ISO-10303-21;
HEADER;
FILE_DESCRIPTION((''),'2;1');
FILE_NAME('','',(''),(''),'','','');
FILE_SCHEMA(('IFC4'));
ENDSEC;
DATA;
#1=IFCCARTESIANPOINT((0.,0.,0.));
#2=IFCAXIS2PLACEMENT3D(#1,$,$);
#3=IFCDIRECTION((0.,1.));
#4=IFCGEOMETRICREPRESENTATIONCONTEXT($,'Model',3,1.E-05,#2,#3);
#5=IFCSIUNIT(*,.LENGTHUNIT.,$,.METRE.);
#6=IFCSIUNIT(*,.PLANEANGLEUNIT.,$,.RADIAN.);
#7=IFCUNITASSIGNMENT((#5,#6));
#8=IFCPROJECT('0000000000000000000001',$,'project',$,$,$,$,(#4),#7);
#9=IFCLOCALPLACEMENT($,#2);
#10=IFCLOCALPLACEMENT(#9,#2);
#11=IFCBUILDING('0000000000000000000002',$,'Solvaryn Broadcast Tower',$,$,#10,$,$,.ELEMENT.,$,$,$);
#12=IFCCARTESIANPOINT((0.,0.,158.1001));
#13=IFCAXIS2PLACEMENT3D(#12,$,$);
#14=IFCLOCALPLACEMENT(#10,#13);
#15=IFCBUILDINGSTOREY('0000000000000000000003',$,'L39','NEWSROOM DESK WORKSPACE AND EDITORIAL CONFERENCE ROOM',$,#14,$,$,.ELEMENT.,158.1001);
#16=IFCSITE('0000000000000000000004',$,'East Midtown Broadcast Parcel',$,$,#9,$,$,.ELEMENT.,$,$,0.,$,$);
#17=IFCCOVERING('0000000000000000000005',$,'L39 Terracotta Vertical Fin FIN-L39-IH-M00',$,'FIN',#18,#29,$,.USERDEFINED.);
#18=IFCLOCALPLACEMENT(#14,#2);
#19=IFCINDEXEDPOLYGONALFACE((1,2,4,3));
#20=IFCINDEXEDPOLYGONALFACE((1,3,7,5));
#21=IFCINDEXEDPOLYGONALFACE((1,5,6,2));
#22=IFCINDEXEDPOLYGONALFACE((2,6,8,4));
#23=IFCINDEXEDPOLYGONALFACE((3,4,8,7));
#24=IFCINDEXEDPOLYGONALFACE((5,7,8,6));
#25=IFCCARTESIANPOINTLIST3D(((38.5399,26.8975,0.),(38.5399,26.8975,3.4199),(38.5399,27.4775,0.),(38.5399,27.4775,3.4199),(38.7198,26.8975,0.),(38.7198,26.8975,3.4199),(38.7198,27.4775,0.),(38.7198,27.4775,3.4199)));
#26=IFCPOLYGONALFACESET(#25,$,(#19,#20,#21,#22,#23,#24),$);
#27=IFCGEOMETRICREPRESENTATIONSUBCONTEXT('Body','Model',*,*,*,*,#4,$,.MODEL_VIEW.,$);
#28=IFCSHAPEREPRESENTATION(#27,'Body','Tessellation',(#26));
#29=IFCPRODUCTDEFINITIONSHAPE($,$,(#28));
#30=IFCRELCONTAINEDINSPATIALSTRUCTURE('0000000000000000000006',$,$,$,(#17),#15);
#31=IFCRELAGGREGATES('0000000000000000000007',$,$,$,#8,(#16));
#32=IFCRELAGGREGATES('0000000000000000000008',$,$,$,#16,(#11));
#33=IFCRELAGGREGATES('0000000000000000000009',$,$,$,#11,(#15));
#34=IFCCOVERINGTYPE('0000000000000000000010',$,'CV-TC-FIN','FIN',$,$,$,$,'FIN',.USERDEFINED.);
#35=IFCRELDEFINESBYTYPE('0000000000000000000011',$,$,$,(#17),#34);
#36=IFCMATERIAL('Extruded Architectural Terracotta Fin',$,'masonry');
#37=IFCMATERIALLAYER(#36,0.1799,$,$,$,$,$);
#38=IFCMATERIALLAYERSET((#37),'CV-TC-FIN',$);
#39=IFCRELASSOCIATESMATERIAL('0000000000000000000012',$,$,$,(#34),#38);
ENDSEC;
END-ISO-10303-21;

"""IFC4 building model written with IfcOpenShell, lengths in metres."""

from ifc_helpers import new_model, si_unit, direction, frame, origin, origin_2d, place, context, subcontext, project, spatial, rectangle, extrude, material, layer, layer_set, type_object, element, save


model = new_model("IFC4")

# Units and contexts
model_context = context("Model", 3, precision=1e-05, world=origin(), true_north=direction((0.0, 1.0)))
body_context = subcontext(model_context, "Body", "Model", "MODEL_VIEW")
ifc_project = project(units=[si_unit("LENGTHUNIT", "METRE"), si_unit("PLANEANGLEUNIT", "RADIAN")], contexts=[model_context])

# Site, building, storey
site_placement = place(None, origin())
site = spatial("IfcSite", under=ifc_project, at=site_placement, Name="East Midtown Broadcast Parcel", CompositionType="ELEMENT", RefElevation=0.0)
building_placement = place(site_placement, origin())
building = spatial("IfcBuilding", under=site, at=building_placement, Name="Solvaryn Broadcast Tower", CompositionType="ELEMENT")
storey_placement = place(building_placement, frame((0.0, 0.0, 158.1001)))
storey = spatial("IfcBuildingStorey", under=building, at=storey_placement, Name="L39", Description="NEWSROOM DESK WORKSPACE AND EDITORIAL CONFERENCE ROOM", CompositionType="ELEMENT", Elevation=158.1001)

# Covering
ifc_material_1 = material(Name="Extruded Architectural Terracotta Fin", Category="masonry")
ifc_layer_1 = layer(ifc_material_1, 0.1799)
ifc_layer_set_1 = layer_set([ifc_layer_1], Name="CV-TC-FIN")
covering_type_1 = type_object("IfcCoveringType", Name="CV-TC-FIN", Description="FIN", ElementType="FIN", PredefinedType="USERDEFINED", material=ifc_layer_set_1)
for number, where, z_axis, x_axis, name in (
    (1, (38.6299, 27.1875, 0.0), (0.0, 0.0, 1.0), (1.0, 0.0, 0.0), "L39 Terracotta Vertical Fin FIN-L39-IH-M00"),
):
    element("IfcCovering", number, at=place(storey_placement, frame(where, z_axis=z_axis, x_axis=x_axis)), inside=storey, type_object=covering_type_1, Name=name, ObjectType="FIN", PredefinedType="USERDEFINED", context=body_context, shape_type="SweptSolid", body=[
        extrude(rectangle(XDim=0.1799, YDim=0.5801, at=origin_2d()), origin(), (0.0, 0.0, 1.0), 3.4199),
    ])

save(model, "model.ifc")
